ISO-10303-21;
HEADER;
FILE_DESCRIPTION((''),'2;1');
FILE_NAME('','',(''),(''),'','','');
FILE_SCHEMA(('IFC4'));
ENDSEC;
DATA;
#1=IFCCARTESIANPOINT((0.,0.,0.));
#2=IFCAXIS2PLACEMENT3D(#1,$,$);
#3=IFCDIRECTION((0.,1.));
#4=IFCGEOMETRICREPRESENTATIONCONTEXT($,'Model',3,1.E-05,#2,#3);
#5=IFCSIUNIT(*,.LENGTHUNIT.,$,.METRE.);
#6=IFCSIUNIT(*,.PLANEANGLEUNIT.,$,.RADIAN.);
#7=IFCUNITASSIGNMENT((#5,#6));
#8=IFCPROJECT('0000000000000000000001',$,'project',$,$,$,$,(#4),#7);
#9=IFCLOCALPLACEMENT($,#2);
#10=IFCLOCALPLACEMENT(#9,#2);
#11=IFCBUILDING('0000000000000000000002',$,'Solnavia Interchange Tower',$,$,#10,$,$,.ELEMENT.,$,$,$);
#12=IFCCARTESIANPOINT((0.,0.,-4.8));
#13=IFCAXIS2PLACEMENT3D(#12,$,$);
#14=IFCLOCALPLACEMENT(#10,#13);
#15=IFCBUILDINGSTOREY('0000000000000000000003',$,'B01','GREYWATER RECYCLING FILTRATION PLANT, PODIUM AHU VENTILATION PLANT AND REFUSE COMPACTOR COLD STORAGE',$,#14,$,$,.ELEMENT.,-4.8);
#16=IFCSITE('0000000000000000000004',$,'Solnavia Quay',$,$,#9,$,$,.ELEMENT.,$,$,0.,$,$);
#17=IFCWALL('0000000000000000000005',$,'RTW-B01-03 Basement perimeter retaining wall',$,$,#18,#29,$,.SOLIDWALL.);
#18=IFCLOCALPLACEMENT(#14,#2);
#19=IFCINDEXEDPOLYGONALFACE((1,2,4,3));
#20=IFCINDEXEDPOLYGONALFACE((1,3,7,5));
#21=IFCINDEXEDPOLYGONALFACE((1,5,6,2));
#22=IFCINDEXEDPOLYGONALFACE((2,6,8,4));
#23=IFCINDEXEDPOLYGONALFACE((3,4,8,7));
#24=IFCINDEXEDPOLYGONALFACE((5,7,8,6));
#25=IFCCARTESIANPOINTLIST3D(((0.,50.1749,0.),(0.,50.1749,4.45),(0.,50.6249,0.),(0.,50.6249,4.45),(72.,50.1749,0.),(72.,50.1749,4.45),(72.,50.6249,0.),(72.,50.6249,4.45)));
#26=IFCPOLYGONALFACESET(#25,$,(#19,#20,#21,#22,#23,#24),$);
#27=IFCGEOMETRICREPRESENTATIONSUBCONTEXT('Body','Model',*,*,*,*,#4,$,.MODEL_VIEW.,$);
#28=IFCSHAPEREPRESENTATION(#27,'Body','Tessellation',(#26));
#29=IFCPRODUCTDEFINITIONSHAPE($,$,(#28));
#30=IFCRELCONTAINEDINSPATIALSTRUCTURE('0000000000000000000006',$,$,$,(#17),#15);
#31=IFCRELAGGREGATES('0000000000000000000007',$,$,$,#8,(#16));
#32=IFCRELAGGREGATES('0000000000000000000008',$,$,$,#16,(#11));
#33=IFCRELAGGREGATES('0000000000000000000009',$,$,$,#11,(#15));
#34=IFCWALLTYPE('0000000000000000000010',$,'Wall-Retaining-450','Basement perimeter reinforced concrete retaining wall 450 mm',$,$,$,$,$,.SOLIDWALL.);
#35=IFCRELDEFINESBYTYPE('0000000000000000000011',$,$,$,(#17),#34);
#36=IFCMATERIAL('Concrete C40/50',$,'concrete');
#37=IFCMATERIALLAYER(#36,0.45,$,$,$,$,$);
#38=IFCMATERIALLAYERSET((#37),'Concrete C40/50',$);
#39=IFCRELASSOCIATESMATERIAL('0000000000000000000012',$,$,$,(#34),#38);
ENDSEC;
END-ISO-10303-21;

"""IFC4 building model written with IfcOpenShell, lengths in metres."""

from ifc_helpers import new_model, si_unit, direction, frame, frame_2d, origin, place, context, subcontext, project, spatial, rectangle, extrude, material, layer, layer_set, type_object, element, save


model = new_model("IFC4")

# Units and contexts
model_context = context("Model", 3, precision=1e-05, world=origin(), true_north=direction((0.0, 1.0)))
body_context = subcontext(model_context, "Body", "Model", "MODEL_VIEW")
ifc_project = project(units=[si_unit("LENGTHUNIT", "METRE"), si_unit("PLANEANGLEUNIT", "RADIAN")], contexts=[model_context])

# Site, building, storey
site_placement = place(None, origin())
site = spatial("IfcSite", under=ifc_project, at=site_placement, Name="Solnavia Quay", CompositionType="ELEMENT", RefElevation=0.0)
building_placement = place(site_placement, origin())
building = spatial("IfcBuilding", under=site, at=building_placement, Name="Solnavia Interchange Tower", CompositionType="ELEMENT")
storey_placement = place(building_placement, frame((0.0, 0.0, -4.8)))
storey = spatial("IfcBuildingStorey", under=building, at=storey_placement, Name="B01", Description="GREYWATER RECYCLING FILTRATION PLANT, PODIUM AHU VENTILATION PLANT AND REFUSE COMPACTOR COLD STORAGE", CompositionType="ELEMENT", Elevation=-4.8)

# Shared definitions
ifc_material_1 = material(Name="Concrete C40/50", Category="concrete")

# Wall
ifc_layer = layer(ifc_material_1, 0.45)
ifc_layer_set = layer_set([ifc_layer], Name="Concrete C40/50")
wall_type = type_object("IfcWallType", Name="Wall-Retaining-450", Description="Basement perimeter reinforced concrete retaining wall 450 mm", PredefinedType="SOLIDWALL", material=ifc_layer_set)
wall_placement = place(storey_placement, frame((72.0, 50.3999, 0.0), z_axis=(0.0, 0.0, 1.0), x_axis=(-1.0, 0.0, 0.0)))
element("IfcWall", 1, at=wall_placement, inside=storey, type_object=wall_type, Name="RTW-B01-03 Basement perimeter retaining wall", PredefinedType="SOLIDWALL", context=body_context, shape_type="SweptSolid", body=[
    extrude(rectangle(XDim=72.0, YDim=0.45, at=frame_2d((36.0, 0.0))), origin(), (0.0, 0.0, 1.0), 4.45),
])

save(model, "model.ifc")
